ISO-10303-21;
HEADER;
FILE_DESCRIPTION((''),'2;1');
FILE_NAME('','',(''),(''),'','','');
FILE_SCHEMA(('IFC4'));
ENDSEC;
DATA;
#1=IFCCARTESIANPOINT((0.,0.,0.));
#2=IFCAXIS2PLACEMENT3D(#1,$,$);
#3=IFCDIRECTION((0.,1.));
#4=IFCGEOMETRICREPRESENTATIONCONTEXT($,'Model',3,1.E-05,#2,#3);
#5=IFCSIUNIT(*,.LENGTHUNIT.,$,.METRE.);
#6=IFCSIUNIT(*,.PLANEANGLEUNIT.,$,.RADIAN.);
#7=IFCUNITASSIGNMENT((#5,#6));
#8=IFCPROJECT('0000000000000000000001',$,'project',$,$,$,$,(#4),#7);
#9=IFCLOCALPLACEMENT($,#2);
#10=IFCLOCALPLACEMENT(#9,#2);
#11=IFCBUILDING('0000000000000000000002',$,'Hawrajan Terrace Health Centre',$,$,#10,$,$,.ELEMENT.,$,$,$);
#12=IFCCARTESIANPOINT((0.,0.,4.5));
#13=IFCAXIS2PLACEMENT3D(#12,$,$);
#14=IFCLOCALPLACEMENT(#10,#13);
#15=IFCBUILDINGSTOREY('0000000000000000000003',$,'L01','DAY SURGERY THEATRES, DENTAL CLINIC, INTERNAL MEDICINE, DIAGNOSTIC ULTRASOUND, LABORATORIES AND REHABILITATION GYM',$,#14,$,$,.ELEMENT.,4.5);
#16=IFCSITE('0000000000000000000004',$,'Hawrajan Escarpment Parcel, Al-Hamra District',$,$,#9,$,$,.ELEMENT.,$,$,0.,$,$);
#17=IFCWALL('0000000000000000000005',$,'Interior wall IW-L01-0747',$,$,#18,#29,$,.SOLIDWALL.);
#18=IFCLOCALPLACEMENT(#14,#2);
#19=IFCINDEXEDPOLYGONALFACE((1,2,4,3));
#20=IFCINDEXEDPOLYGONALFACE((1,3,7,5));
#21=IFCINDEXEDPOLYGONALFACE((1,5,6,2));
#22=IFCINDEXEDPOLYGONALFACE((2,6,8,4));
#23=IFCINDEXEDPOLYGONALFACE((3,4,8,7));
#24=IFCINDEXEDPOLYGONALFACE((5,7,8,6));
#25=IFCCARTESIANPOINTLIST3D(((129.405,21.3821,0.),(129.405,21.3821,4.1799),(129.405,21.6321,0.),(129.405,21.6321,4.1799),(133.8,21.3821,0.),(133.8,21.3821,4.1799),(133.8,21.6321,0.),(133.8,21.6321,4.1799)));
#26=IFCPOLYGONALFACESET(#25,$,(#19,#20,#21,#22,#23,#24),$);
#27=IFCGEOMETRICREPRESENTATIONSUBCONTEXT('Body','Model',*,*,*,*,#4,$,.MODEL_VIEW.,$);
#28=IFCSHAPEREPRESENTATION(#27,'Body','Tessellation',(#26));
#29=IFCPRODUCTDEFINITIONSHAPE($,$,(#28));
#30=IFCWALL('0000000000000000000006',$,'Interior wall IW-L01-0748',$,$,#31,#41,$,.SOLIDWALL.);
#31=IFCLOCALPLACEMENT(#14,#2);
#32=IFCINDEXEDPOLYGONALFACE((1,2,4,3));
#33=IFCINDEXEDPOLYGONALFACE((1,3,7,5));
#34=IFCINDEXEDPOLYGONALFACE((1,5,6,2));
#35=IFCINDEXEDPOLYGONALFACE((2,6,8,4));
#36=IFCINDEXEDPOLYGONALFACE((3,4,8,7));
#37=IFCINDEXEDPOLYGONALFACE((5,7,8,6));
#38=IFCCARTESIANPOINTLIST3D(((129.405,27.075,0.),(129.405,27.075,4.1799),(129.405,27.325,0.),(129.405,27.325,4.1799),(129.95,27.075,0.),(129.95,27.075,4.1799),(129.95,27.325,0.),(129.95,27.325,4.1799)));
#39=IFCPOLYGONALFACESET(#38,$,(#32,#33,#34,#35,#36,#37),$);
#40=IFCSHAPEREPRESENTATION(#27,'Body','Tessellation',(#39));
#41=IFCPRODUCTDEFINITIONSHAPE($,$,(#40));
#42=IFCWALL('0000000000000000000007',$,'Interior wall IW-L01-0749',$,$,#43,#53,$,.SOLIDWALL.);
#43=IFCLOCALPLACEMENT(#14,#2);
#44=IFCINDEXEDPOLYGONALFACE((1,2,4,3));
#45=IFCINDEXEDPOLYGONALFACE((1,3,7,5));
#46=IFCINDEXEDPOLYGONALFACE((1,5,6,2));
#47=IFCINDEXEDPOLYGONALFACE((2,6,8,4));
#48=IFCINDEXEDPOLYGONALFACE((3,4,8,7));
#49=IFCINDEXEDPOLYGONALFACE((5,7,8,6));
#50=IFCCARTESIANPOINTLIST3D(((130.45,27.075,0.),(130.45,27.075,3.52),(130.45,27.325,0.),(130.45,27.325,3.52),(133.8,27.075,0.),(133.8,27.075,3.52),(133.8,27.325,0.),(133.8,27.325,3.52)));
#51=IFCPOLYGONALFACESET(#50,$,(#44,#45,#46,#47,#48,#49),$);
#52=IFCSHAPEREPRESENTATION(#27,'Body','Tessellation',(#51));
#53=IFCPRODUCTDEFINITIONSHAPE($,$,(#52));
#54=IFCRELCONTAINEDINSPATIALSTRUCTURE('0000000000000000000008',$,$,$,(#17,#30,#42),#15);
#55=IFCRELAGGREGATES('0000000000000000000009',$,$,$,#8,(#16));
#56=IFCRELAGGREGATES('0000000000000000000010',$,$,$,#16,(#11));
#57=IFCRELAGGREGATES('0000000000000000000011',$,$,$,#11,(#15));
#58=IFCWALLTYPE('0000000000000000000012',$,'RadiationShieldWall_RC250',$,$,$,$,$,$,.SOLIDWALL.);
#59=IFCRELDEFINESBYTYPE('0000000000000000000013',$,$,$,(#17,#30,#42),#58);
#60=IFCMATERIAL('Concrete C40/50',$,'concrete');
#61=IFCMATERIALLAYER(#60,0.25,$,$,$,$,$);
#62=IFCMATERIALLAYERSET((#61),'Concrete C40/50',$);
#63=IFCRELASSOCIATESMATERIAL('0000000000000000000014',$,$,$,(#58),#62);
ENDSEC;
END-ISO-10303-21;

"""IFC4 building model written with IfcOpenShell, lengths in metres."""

from ifc_helpers import new_model, si_unit, direction, frame, frame_2d, origin, place, context, subcontext, project, spatial, rectangle, extrude, material, layer, layer_set, type_object, element, save


model = new_model("IFC4")

# Units and contexts
model_context = context("Model", 3, precision=1e-05, world=origin(), true_north=direction((0.0, 1.0)))
body_context = subcontext(model_context, "Body", "Model", "MODEL_VIEW")
ifc_project = project(units=[si_unit("LENGTHUNIT", "METRE"), si_unit("PLANEANGLEUNIT", "RADIAN")], contexts=[model_context])

# Site, building, storey
site_placement = place(None, origin())
site = spatial("IfcSite", under=ifc_project, at=site_placement, Name="Hawrajan Escarpment Parcel, Al-Hamra District", CompositionType="ELEMENT", RefElevation=0.0)
building_placement = place(site_placement, origin())
building = spatial("IfcBuilding", under=site, at=building_placement, Name="Hawrajan Terrace Health Centre", CompositionType="ELEMENT")
storey_placement = place(building_placement, frame((0.0, 0.0, 4.5)))
storey = spatial("IfcBuildingStorey", under=building, at=storey_placement, Name="L01", Description="DAY SURGERY THEATRES, DENTAL CLINIC, INTERNAL MEDICINE, DIAGNOSTIC ULTRASOUND, LABORATORIES AND REHABILITATION GYM", CompositionType="ELEMENT", Elevation=4.5)

# Shared definitions
ifc_material_1 = material(Name="Concrete C40/50", Category="concrete")

# Shared definitions
ifc_layer_1 = layer(ifc_material_1, 0.25)
ifc_layer_set_1 = layer_set([ifc_layer_1], Name="Concrete C40/50")
wall_type_1 = type_object("IfcWallType", Name="RadiationShieldWall_RC250", PredefinedType="SOLIDWALL", material=ifc_layer_set_1)

# Walls
wall_1_placement = place(storey_placement, frame((129.405, 21.5071, 0.0), z_axis=(0.0, 0.0, 1.0), x_axis=(1.0, 0.0, 0.0)))
element("IfcWall", 1, at=wall_1_placement, inside=storey, type_object=wall_type_1, Name="Interior wall IW-L01-0747", PredefinedType="SOLIDWALL", context=body_context, shape_type="SweptSolid", body=[
    extrude(rectangle(XDim=4.395, YDim=0.25, at=frame_2d((2.1975, 0.0))), origin(), (0.0, 0.0, 1.0), 4.1799),
])
wall_2_placement = place(storey_placement, frame((129.405, 27.2, 0.0), z_axis=(0.0, 0.0, 1.0), x_axis=(1.0, 0.0, 0.0)))
element("IfcWall", 2, at=wall_2_placement, inside=storey, type_object=wall_type_1, Name="Interior wall IW-L01-0748", PredefinedType="SOLIDWALL", context=body_context, shape_type="SweptSolid", body=[
    extrude(rectangle(XDim=0.5449, YDim=0.25, at=frame_2d((0.2725, 0.0))), origin(), (0.0, 0.0, 1.0), 4.1799),
])
wall_3_placement = place(storey_placement, frame((130.45, 27.2, 0.0), z_axis=(0.0, 0.0, 1.0), x_axis=(1.0, 0.0, 0.0)))
element("IfcWall", 3, at=wall_3_placement, inside=storey, type_object=wall_type_1, Name="Interior wall IW-L01-0749", PredefinedType="SOLIDWALL", context=body_context, shape_type="SweptSolid", body=[
    extrude(rectangle(XDim=3.3501, YDim=0.25, at=frame_2d((1.675, 0.0))), origin(), (0.0, 0.0, 1.0), 3.52),
])

save(model, "model.ifc")
